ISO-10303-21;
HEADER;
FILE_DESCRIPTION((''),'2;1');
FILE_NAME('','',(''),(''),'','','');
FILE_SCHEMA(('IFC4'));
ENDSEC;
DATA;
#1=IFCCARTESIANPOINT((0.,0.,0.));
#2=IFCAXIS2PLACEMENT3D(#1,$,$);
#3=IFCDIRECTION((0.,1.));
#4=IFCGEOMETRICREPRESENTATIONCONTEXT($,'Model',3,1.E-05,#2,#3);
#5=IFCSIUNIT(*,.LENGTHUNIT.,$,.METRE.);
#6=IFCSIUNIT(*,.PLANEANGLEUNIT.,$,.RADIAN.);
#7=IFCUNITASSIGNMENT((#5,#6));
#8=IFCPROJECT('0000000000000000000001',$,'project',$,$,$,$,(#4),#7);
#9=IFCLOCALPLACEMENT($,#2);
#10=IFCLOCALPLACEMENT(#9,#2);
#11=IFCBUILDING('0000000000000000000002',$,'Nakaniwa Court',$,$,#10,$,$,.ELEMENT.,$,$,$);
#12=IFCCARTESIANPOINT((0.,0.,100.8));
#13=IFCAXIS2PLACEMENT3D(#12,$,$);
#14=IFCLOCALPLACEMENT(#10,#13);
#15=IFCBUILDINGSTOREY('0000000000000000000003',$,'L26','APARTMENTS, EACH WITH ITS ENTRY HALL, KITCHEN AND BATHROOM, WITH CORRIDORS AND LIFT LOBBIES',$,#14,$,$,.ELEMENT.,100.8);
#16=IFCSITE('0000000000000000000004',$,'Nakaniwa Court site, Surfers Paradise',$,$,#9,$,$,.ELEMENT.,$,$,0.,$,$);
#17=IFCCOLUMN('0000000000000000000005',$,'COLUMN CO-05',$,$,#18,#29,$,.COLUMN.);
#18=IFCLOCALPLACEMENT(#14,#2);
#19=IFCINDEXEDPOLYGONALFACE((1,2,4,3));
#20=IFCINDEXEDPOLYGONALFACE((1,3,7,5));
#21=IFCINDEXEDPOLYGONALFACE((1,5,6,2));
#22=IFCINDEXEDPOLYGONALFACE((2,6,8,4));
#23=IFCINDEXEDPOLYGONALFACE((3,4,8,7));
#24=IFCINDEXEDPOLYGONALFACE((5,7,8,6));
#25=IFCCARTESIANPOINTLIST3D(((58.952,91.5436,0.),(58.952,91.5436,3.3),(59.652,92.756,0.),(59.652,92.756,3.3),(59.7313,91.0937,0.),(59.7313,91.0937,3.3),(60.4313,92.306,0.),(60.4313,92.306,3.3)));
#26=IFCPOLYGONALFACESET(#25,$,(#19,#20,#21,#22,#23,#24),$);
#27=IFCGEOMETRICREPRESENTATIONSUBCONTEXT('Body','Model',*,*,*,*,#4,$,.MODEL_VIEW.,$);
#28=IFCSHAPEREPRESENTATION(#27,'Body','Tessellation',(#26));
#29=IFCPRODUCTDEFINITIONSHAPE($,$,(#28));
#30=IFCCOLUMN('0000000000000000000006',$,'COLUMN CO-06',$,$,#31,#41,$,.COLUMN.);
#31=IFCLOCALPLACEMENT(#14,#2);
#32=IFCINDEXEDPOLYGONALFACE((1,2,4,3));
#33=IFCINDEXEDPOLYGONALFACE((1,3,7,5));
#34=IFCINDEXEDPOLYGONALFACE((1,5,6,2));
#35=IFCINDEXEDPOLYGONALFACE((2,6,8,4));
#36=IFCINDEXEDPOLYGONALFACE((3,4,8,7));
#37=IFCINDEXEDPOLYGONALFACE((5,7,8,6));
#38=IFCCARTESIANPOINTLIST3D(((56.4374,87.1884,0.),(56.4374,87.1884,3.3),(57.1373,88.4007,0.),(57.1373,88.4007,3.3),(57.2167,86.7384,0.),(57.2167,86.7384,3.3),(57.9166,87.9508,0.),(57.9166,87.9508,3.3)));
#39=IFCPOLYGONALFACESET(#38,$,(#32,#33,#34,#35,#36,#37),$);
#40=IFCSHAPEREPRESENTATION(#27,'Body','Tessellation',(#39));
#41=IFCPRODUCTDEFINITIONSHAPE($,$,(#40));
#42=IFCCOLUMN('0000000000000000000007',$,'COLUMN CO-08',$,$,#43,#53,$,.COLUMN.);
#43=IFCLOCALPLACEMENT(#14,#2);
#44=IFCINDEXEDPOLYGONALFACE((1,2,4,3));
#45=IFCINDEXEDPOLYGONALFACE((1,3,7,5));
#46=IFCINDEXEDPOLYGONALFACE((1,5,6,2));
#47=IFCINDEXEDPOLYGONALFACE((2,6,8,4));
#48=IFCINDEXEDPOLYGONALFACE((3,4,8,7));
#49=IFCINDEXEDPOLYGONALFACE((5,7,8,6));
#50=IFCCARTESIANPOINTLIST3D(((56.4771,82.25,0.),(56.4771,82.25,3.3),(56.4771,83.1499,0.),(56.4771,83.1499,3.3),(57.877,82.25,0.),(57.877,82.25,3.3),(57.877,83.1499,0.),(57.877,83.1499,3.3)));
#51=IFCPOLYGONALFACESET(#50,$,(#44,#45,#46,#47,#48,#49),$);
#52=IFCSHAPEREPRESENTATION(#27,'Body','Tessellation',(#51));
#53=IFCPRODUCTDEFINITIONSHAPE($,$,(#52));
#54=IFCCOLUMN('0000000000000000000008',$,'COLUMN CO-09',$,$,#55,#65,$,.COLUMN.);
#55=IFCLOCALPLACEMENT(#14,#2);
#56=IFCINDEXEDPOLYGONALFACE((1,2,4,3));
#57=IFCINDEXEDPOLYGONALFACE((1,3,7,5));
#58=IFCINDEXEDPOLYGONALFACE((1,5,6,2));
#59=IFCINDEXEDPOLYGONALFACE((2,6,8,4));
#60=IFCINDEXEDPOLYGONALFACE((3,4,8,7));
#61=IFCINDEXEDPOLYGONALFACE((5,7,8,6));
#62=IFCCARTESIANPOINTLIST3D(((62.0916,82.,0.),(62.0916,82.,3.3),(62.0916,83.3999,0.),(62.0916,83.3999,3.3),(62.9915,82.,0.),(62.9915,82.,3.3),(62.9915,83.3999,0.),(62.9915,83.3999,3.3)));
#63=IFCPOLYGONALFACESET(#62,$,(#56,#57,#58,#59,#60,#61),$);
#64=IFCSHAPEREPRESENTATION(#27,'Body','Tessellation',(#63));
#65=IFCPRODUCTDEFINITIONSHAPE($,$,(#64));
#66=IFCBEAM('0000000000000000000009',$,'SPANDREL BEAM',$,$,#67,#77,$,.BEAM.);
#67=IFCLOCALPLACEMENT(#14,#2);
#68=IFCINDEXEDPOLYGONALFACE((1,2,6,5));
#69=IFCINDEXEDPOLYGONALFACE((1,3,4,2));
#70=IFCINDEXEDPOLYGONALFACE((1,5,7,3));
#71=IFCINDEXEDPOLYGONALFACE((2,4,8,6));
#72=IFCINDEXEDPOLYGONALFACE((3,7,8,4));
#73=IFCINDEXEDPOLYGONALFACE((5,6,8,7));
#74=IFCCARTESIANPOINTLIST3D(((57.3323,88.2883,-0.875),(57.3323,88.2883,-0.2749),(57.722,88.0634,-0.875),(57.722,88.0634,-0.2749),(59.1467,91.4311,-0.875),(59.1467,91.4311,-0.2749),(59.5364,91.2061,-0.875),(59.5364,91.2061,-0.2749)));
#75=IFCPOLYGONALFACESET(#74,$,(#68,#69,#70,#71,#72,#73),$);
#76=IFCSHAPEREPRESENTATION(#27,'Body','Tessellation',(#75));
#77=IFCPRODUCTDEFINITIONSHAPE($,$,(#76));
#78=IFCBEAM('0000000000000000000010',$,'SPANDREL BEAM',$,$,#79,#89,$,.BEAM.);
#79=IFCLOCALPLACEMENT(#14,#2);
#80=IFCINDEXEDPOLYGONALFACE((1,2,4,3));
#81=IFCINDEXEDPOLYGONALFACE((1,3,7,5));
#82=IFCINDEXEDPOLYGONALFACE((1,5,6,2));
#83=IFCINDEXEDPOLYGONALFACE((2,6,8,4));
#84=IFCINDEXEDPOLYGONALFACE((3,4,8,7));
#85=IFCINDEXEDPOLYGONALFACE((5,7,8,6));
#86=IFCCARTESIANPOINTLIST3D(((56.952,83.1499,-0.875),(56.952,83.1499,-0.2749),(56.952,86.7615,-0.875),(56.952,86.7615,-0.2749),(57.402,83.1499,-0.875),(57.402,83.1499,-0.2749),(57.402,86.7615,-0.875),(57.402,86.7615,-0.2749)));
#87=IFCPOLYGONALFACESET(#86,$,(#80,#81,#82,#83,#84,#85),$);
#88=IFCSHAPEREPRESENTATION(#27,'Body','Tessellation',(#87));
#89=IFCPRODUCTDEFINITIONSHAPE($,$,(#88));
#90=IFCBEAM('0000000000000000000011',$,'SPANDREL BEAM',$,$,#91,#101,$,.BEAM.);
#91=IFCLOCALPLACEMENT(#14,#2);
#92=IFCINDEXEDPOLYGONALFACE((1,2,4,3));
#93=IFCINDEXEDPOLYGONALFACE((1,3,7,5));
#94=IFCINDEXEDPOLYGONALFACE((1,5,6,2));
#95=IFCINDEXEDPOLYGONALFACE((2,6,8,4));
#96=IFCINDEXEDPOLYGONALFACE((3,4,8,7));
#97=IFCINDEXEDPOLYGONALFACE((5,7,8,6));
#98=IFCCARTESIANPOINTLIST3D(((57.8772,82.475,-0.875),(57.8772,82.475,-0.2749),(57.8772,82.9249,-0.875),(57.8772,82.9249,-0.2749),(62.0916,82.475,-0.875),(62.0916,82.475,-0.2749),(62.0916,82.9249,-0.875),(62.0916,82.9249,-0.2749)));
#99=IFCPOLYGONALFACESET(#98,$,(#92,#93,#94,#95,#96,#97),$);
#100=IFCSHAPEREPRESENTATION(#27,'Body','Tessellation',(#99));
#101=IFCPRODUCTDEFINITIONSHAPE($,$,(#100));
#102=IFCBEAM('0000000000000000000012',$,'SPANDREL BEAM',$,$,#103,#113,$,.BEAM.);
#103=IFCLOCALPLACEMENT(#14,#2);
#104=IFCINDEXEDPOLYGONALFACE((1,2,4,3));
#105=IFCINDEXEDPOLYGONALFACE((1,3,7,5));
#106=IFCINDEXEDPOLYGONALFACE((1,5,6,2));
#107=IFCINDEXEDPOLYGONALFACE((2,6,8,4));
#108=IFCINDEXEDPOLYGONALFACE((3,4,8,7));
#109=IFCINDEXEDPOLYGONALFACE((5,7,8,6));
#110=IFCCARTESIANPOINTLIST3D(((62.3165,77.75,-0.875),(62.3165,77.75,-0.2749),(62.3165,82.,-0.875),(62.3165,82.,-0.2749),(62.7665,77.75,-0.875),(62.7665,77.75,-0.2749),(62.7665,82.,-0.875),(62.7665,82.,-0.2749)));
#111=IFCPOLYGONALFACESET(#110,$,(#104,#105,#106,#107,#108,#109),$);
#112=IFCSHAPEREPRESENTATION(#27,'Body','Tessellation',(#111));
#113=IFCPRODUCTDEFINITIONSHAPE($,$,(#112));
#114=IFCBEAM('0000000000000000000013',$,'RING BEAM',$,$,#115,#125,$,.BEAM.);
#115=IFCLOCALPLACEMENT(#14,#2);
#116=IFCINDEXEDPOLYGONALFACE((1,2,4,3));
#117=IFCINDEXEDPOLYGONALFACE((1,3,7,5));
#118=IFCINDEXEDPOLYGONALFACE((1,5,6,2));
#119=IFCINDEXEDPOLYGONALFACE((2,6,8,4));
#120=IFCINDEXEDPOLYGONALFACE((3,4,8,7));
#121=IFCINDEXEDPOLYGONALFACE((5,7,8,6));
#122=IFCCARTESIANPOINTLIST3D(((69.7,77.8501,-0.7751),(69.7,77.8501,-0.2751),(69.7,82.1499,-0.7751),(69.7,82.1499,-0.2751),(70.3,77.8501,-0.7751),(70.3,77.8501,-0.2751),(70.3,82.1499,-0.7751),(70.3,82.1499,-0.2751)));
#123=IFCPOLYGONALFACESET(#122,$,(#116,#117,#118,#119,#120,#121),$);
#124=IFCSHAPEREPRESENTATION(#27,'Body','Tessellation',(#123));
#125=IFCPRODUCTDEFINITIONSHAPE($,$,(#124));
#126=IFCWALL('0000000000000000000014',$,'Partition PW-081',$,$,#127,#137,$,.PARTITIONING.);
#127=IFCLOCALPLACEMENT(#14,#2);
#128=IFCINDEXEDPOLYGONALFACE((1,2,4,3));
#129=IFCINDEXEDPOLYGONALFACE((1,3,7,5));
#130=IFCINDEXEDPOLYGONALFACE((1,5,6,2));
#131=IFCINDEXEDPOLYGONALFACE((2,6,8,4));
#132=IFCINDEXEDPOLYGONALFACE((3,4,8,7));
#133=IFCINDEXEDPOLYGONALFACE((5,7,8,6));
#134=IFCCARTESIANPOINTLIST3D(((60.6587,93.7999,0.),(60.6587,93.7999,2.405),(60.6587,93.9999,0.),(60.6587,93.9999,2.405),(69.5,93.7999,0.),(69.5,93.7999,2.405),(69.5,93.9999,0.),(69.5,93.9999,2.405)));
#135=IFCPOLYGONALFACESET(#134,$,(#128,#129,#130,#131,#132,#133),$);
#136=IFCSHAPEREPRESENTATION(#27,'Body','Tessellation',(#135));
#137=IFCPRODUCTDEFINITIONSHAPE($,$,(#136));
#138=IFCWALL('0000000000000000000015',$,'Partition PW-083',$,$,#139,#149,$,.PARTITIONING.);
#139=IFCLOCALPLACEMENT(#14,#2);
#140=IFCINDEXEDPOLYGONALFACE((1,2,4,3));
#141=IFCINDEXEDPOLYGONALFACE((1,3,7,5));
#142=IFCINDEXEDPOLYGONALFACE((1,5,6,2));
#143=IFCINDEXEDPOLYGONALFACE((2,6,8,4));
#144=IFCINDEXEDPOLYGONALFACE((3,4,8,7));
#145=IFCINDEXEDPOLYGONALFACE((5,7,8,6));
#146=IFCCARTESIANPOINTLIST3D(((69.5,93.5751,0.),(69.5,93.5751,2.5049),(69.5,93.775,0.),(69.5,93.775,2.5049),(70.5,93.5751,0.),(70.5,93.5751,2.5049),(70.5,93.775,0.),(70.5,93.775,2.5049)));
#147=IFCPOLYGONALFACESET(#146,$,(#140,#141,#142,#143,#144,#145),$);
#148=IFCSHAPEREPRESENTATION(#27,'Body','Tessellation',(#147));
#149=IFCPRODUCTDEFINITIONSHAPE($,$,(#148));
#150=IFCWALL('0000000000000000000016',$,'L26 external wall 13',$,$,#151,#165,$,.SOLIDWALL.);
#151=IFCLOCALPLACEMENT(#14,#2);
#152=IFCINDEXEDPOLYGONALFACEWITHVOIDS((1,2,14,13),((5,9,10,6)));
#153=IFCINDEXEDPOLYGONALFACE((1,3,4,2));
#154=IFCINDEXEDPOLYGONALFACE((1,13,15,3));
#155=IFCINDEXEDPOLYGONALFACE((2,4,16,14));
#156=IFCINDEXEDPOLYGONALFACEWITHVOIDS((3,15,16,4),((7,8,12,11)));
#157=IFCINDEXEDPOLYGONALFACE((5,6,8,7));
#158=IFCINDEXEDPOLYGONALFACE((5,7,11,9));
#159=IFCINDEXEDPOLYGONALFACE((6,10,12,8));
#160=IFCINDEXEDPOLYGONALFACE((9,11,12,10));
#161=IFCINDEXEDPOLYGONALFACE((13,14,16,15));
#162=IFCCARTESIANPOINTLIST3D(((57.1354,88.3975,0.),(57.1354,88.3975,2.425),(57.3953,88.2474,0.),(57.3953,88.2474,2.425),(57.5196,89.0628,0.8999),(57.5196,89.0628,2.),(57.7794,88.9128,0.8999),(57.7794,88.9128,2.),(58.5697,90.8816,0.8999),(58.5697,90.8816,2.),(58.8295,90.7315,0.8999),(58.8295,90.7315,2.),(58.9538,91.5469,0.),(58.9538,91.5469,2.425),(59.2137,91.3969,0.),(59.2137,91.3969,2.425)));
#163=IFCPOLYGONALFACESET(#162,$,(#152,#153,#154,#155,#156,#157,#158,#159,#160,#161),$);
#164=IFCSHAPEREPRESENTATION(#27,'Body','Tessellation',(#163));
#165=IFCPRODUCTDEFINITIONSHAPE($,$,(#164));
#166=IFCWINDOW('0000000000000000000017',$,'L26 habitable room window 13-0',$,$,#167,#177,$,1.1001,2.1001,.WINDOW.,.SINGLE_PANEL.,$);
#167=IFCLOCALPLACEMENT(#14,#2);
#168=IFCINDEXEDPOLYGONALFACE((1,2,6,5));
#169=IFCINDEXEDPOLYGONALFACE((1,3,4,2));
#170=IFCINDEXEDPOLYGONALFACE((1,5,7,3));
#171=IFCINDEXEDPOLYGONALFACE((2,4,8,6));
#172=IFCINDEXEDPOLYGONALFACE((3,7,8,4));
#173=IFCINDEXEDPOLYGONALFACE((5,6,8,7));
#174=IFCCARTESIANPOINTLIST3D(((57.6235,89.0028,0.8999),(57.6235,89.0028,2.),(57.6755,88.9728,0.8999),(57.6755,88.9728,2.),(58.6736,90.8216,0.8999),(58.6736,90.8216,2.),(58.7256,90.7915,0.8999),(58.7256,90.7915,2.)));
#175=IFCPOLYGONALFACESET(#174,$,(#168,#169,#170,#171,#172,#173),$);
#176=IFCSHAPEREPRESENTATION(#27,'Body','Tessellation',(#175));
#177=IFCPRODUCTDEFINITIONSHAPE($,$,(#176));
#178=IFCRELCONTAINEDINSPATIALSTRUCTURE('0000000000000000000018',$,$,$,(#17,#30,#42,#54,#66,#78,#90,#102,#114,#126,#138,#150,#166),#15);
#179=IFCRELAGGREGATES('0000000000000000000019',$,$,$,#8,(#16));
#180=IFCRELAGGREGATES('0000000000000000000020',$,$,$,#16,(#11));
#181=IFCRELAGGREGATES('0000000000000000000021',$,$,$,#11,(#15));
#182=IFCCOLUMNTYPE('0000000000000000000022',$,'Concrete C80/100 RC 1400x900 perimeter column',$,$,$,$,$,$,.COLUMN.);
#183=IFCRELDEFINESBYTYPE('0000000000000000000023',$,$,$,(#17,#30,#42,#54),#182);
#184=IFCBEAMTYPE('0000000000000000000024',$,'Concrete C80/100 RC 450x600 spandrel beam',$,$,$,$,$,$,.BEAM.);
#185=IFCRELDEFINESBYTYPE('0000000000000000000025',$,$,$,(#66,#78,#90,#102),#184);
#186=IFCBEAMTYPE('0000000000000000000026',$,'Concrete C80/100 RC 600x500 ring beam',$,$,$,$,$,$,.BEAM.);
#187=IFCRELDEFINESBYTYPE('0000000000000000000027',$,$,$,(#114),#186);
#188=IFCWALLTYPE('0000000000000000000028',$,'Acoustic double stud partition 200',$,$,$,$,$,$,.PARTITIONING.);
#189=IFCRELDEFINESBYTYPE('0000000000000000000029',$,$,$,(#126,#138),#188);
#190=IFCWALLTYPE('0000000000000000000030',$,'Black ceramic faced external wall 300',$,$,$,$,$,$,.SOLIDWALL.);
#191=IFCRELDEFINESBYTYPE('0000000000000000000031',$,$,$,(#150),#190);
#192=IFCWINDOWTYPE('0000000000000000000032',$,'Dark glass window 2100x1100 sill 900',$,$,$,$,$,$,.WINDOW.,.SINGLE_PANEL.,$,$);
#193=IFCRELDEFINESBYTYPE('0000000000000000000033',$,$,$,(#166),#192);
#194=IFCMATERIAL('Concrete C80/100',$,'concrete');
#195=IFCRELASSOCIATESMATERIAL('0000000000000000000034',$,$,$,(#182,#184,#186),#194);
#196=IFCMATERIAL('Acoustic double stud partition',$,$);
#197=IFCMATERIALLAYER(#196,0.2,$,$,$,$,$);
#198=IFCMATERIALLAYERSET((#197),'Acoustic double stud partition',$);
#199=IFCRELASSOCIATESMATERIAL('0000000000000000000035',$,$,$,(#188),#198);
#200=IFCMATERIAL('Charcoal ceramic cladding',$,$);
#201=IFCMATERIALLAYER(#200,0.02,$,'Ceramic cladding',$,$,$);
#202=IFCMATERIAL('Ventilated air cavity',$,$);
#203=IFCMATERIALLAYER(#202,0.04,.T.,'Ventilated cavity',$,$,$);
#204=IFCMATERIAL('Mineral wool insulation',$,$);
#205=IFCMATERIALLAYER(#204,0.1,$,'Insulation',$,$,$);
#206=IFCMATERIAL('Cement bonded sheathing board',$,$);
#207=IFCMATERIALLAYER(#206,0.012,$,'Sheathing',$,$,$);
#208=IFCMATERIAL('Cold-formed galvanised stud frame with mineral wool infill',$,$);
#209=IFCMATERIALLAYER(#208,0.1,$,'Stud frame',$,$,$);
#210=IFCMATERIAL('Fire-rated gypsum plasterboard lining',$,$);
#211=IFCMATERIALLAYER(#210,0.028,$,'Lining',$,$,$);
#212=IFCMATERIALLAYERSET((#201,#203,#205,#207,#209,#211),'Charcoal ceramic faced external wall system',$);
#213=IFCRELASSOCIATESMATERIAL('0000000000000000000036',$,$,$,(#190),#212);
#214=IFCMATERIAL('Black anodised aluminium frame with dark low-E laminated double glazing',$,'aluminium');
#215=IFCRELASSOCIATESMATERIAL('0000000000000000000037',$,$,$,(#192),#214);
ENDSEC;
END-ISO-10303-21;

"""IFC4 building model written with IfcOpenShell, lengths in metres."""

from ifc_helpers import new_model, si_unit, direction, frame, frame_2d, origin, origin_2d, place, context, subcontext, project, spatial, rectangle, extrude, material, layer, layer_set, material_profile, profile_set, type_object, element, fill, save


model = new_model("IFC4")

# Units and contexts
model_context = context("Model", 3, precision=1e-05, world=origin(), true_north=direction((0.0, 1.0)))
body_context = subcontext(model_context, "Body", "Model", "MODEL_VIEW")
ifc_project = project(units=[si_unit("LENGTHUNIT", "METRE"), si_unit("PLANEANGLEUNIT", "RADIAN")], contexts=[model_context])

# Site, building, storey
site_placement = place(None, origin())
site = spatial("IfcSite", under=ifc_project, at=site_placement, Name="Nakaniwa Court site, Surfers Paradise", CompositionType="ELEMENT", RefElevation=0.0)
building_placement = place(site_placement, origin())
building = spatial("IfcBuilding", under=site, at=building_placement, Name="Nakaniwa Court", CompositionType="ELEMENT")
storey_placement = place(building_placement, frame((0.0, 0.0, 100.8)))
storey = spatial("IfcBuildingStorey", under=building, at=storey_placement, Name="L26", Description="APARTMENTS, EACH WITH ITS ENTRY HALL, KITCHEN AND BATHROOM, WITH CORRIDORS AND LIFT LOBBIES", CompositionType="ELEMENT", Elevation=100.8)

# Columns
ifc_material_1 = material(Name="Concrete C80/100", Category="concrete")
ifc_material_profile_1 = material_profile(ifc_material_1, rectangle(XDim=1.3999, YDim=0.8999, at=origin_2d()), Name="Concrete C80/100 RC 1400x900 perimeter column")
ifc_profile_set_1 = profile_set([ifc_material_profile_1], Name="Concrete C80/100")
column_type = type_object("IfcColumnType", Name="Concrete C80/100 RC 1400x900 perimeter column", PredefinedType="COLUMN", material=ifc_profile_set_1)
for number, where, z_axis, x_axis, name in (
    (1, (59.6917, 91.9248, 0.0), (0.0, 0.0, 1.0), (-0.5, -0.866025, 0.0), "COLUMN CO-05"),
    (2, (57.177, 87.5696, 0.0), (0.0, 0.0, 1.0), (-0.5, -0.866025, 0.0), "COLUMN CO-06"),
    (3, (57.177, 82.7, 0.0), (0.0, 0.0, 1.0), (1.0, 0.0, 0.0), "COLUMN CO-08"),
    (4, (62.5415, 82.7, 0.0), (0.0, 0.0, 1.0), (0.0, -1.0, 0.0), "COLUMN CO-09"),
):
    element("IfcColumn", number, at=place(storey_placement, frame(where, z_axis=z_axis, x_axis=x_axis)), inside=storey, type_object=column_type, Name=name, PredefinedType="COLUMN", context=body_context, shape_type="SweptSolid", body=[
        extrude(rectangle(XDim=1.3999, YDim=0.8999, at=origin_2d()), origin(), (0.0, 0.0, 1.0), 3.3),
    ])

# Beams
ifc_material_profile_2 = material_profile(ifc_material_1, rectangle(XDim=0.45, YDim=0.6001, at=origin_2d()), Name="Concrete C80/100 RC 450x600 spandrel beam")
ifc_profile_set_2 = profile_set([ifc_material_profile_2], Name="Concrete C80/100")
beam_type_1 = type_object("IfcBeamType", Name="Concrete C80/100 RC 450x600 spandrel beam", PredefinedType="BEAM", material=ifc_profile_set_2)
beam_1_placement = place(storey_placement, frame((59.3416, 91.3186, -0.575), z_axis=(-0.499988, -0.866032, 0.0), x_axis=(0.866032, -0.499988, 0.0)))
element("IfcBeam", 5, at=beam_1_placement, inside=storey, type_object=beam_type_1, Name="SPANDREL BEAM", PredefinedType="BEAM", context=body_context, shape_type="SweptSolid", body=[
    extrude(rectangle(XDim=0.45, YDim=0.6001, at=origin_2d()), origin(), (0.0, 0.0, 1.0), 3.6289),
])
beam_2_placement = place(storey_placement, frame((57.177, 86.7615, -0.575), z_axis=(0.0, -1.0, 0.0), x_axis=(1.0, 0.0, 0.0)))
element("IfcBeam", 6, at=beam_2_placement, inside=storey, type_object=beam_type_1, Name="SPANDREL BEAM", PredefinedType="BEAM", context=body_context, shape_type="SweptSolid", body=[
    extrude(rectangle(XDim=0.45, YDim=0.6001, at=origin_2d()), origin(), (0.0, 0.0, 1.0), 3.6116),
])
beam_3_placement = place(storey_placement, frame((57.8772, 82.7, -0.575), z_axis=(1.0, 0.0, 0.0), x_axis=(0.0, 1.0, 0.0)))
element("IfcBeam", 7, at=beam_3_placement, inside=storey, type_object=beam_type_1, Name="SPANDREL BEAM", PredefinedType="BEAM", context=body_context, shape_type="SweptSolid", body=[
    extrude(rectangle(XDim=0.45, YDim=0.6001, at=origin_2d()), origin(), (0.0, 0.0, 1.0), 4.2144),
])
beam_4_placement = place(storey_placement, frame((62.5415, 82.0, -0.575), z_axis=(0.0, -1.0, 0.0), x_axis=(1.0, 0.0, 0.0)))
element("IfcBeam", 8, at=beam_4_placement, inside=storey, type_object=beam_type_1, Name="SPANDREL BEAM", PredefinedType="BEAM", context=body_context, shape_type="SweptSolid", body=[
    extrude(rectangle(XDim=0.45, YDim=0.6001, at=origin_2d()), origin(), (0.0, 0.0, 1.0), 4.25),
])
ifc_material_profile_3 = material_profile(ifc_material_1, rectangle(XDim=0.6001, YDim=0.5, at=origin_2d()), Name="Concrete C80/100 RC 600x500 ring beam")
ifc_profile_set_3 = profile_set([ifc_material_profile_3], Name="Concrete C80/100")
beam_type_2 = type_object("IfcBeamType", Name="Concrete C80/100 RC 600x500 ring beam", PredefinedType="BEAM", material=ifc_profile_set_3)
beam_5_placement = place(storey_placement, frame((70.0, 82.1499, -0.5251), z_axis=(0.0, -1.0, 0.0), x_axis=(1.0, 0.0, 0.0)))
element("IfcBeam", 9, at=beam_5_placement, inside=storey, type_object=beam_type_2, Name="RING BEAM", PredefinedType="BEAM", context=body_context, shape_type="SweptSolid", body=[
    extrude(rectangle(XDim=0.6001, YDim=0.5, at=origin_2d()), origin(), (0.0, 0.0, 1.0), 4.2998),
])

# Walls
ifc_material_2 = material(Name="Acoustic double stud partition")
ifc_layer_1 = layer(ifc_material_2, 0.2)
ifc_layer_set_1 = layer_set([ifc_layer_1], Name="Acoustic double stud partition")
wall_type_1 = type_object("IfcWallType", Name="Acoustic double stud partition 200", PredefinedType="PARTITIONING", material=ifc_layer_set_1)
wall_1_placement = place(storey_placement, frame((60.6587, 93.8999, 0.0), z_axis=(0.0, 0.0, 1.0), x_axis=(1.0, 0.0, 0.0)))
element("IfcWall", 10, at=wall_1_placement, inside=storey, type_object=wall_type_1, Name="Partition PW-081", PredefinedType="PARTITIONING", context=body_context, shape_type="SweptSolid", body=[
    extrude(rectangle(XDim=8.8413, YDim=0.2, at=frame_2d((4.4207, 0.0))), origin(), (0.0, 0.0, 1.0), 2.405),
])
wall_2_placement = place(storey_placement, frame((69.5, 93.675, 0.0), z_axis=(0.0, 0.0, 1.0), x_axis=(1.0, 0.0, 0.0)))
element("IfcWall", 11, at=wall_2_placement, inside=storey, type_object=wall_type_1, Name="Partition PW-083", PredefinedType="PARTITIONING", context=body_context, shape_type="SweptSolid", body=[
    extrude(rectangle(XDim=1.0, YDim=0.2, at=frame_2d((0.5, 0.0))), origin(), (0.0, 0.0, 1.0), 2.5049),
])

# Wall, opening, window
ifc_material_3 = material(Name="Charcoal ceramic cladding")
ifc_layer_2 = layer(ifc_material_3, 0.02, Name="Ceramic cladding")
ifc_material_4 = material(Name="Ventilated air cavity")
ifc_layer_3 = layer(ifc_material_4, 0.04, ventilated=True, Name="Ventilated cavity")
ifc_material_5 = material(Name="Mineral wool insulation")
ifc_layer_4 = layer(ifc_material_5, 0.1, Name="Insulation")
ifc_material_6 = material(Name="Cement bonded sheathing board")
ifc_layer_5 = layer(ifc_material_6, 0.012, Name="Sheathing")
ifc_material_7 = material(Name="Cold-formed galvanised stud frame with mineral wool infill")
ifc_layer_6 = layer(ifc_material_7, 0.1, Name="Stud frame")
ifc_material_8 = material(Name="Fire-rated gypsum plasterboard lining")
ifc_layer_7 = layer(ifc_material_8, 0.028, Name="Lining")
ifc_layer_set_2 = layer_set([ifc_layer_2, ifc_layer_3, ifc_layer_4, ifc_layer_5, ifc_layer_6, ifc_layer_7], Name="Charcoal ceramic faced external wall system")
wall_type_2 = type_object("IfcWallType", Name="Black ceramic faced external wall 300", PredefinedType="SOLIDWALL", material=ifc_layer_set_2)
wall_3_placement = place(storey_placement, frame((59.0837, 91.4719, 0.0), z_axis=(0.0, 0.0, 1.0), x_axis=(-0.500009, -0.86602, 0.0)))
wall_3 = element("IfcWall", 12, at=wall_3_placement, inside=storey, type_object=wall_type_2, Name="L26 external wall 13", PredefinedType="SOLIDWALL", context=body_context, shape_type="SweptSolid", body=[
    extrude(rectangle(XDim=3.6367, YDim=0.3, at=frame_2d((1.8184, 0.0))), origin(), (0.0, 0.0, 1.0), 2.425),
])
opening_1_placement = place(wall_3_placement, frame((0.7683, 0.0, 0.8999)))
opening_1 = element("IfcOpeningElement", 13, at=opening_1_placement, cuts=wall_3, PredefinedType="OPENING", context=body_context, shape_type="SweptSolid", body=[
    extrude(rectangle(XDim=2.1001, YDim=1.1001, at=frame_2d((1.05, 0.55))), frame((0.0, 0.1599, 0.0), z_axis=(0.0, -1.0, 0.0), x_axis=(1.0, 0.0, 0.0)), (0.0, 0.0, 1.0), 0.3201),
])
ifc_material_9 = material(Name="Black anodised aluminium frame with dark low-E laminated double glazing", Category="aluminium")
window_type_1 = type_object("IfcWindowType", Name="Dark glass window 2100x1100 sill 900", PartitioningType="SINGLE_PANEL", PredefinedType="WINDOW", material=ifc_material_9)
window_1_placement = place(opening_1_placement, origin())
window_1 = element("IfcWindow", 14, at=window_1_placement, inside=storey, type_object=window_type_1, Name="L26 habitable room window 13-0", OverallHeight=1.1001, OverallWidth=2.1001, PartitioningType="SINGLE_PANEL", PredefinedType="WINDOW", context=body_context, shape_type="SweptSolid", body=[
    extrude(rectangle(XDim=2.1001, YDim=1.1001, at=frame_2d((1.05, 0.55))), frame((0.0, 0.03, 0.0), z_axis=(0.0, -1.0, 0.0), x_axis=(1.0, 0.0, 0.0)), (0.0, 0.0, 1.0), 0.0601),
])
fill(opening_1, window_1)

save(model, "model.ifc")
